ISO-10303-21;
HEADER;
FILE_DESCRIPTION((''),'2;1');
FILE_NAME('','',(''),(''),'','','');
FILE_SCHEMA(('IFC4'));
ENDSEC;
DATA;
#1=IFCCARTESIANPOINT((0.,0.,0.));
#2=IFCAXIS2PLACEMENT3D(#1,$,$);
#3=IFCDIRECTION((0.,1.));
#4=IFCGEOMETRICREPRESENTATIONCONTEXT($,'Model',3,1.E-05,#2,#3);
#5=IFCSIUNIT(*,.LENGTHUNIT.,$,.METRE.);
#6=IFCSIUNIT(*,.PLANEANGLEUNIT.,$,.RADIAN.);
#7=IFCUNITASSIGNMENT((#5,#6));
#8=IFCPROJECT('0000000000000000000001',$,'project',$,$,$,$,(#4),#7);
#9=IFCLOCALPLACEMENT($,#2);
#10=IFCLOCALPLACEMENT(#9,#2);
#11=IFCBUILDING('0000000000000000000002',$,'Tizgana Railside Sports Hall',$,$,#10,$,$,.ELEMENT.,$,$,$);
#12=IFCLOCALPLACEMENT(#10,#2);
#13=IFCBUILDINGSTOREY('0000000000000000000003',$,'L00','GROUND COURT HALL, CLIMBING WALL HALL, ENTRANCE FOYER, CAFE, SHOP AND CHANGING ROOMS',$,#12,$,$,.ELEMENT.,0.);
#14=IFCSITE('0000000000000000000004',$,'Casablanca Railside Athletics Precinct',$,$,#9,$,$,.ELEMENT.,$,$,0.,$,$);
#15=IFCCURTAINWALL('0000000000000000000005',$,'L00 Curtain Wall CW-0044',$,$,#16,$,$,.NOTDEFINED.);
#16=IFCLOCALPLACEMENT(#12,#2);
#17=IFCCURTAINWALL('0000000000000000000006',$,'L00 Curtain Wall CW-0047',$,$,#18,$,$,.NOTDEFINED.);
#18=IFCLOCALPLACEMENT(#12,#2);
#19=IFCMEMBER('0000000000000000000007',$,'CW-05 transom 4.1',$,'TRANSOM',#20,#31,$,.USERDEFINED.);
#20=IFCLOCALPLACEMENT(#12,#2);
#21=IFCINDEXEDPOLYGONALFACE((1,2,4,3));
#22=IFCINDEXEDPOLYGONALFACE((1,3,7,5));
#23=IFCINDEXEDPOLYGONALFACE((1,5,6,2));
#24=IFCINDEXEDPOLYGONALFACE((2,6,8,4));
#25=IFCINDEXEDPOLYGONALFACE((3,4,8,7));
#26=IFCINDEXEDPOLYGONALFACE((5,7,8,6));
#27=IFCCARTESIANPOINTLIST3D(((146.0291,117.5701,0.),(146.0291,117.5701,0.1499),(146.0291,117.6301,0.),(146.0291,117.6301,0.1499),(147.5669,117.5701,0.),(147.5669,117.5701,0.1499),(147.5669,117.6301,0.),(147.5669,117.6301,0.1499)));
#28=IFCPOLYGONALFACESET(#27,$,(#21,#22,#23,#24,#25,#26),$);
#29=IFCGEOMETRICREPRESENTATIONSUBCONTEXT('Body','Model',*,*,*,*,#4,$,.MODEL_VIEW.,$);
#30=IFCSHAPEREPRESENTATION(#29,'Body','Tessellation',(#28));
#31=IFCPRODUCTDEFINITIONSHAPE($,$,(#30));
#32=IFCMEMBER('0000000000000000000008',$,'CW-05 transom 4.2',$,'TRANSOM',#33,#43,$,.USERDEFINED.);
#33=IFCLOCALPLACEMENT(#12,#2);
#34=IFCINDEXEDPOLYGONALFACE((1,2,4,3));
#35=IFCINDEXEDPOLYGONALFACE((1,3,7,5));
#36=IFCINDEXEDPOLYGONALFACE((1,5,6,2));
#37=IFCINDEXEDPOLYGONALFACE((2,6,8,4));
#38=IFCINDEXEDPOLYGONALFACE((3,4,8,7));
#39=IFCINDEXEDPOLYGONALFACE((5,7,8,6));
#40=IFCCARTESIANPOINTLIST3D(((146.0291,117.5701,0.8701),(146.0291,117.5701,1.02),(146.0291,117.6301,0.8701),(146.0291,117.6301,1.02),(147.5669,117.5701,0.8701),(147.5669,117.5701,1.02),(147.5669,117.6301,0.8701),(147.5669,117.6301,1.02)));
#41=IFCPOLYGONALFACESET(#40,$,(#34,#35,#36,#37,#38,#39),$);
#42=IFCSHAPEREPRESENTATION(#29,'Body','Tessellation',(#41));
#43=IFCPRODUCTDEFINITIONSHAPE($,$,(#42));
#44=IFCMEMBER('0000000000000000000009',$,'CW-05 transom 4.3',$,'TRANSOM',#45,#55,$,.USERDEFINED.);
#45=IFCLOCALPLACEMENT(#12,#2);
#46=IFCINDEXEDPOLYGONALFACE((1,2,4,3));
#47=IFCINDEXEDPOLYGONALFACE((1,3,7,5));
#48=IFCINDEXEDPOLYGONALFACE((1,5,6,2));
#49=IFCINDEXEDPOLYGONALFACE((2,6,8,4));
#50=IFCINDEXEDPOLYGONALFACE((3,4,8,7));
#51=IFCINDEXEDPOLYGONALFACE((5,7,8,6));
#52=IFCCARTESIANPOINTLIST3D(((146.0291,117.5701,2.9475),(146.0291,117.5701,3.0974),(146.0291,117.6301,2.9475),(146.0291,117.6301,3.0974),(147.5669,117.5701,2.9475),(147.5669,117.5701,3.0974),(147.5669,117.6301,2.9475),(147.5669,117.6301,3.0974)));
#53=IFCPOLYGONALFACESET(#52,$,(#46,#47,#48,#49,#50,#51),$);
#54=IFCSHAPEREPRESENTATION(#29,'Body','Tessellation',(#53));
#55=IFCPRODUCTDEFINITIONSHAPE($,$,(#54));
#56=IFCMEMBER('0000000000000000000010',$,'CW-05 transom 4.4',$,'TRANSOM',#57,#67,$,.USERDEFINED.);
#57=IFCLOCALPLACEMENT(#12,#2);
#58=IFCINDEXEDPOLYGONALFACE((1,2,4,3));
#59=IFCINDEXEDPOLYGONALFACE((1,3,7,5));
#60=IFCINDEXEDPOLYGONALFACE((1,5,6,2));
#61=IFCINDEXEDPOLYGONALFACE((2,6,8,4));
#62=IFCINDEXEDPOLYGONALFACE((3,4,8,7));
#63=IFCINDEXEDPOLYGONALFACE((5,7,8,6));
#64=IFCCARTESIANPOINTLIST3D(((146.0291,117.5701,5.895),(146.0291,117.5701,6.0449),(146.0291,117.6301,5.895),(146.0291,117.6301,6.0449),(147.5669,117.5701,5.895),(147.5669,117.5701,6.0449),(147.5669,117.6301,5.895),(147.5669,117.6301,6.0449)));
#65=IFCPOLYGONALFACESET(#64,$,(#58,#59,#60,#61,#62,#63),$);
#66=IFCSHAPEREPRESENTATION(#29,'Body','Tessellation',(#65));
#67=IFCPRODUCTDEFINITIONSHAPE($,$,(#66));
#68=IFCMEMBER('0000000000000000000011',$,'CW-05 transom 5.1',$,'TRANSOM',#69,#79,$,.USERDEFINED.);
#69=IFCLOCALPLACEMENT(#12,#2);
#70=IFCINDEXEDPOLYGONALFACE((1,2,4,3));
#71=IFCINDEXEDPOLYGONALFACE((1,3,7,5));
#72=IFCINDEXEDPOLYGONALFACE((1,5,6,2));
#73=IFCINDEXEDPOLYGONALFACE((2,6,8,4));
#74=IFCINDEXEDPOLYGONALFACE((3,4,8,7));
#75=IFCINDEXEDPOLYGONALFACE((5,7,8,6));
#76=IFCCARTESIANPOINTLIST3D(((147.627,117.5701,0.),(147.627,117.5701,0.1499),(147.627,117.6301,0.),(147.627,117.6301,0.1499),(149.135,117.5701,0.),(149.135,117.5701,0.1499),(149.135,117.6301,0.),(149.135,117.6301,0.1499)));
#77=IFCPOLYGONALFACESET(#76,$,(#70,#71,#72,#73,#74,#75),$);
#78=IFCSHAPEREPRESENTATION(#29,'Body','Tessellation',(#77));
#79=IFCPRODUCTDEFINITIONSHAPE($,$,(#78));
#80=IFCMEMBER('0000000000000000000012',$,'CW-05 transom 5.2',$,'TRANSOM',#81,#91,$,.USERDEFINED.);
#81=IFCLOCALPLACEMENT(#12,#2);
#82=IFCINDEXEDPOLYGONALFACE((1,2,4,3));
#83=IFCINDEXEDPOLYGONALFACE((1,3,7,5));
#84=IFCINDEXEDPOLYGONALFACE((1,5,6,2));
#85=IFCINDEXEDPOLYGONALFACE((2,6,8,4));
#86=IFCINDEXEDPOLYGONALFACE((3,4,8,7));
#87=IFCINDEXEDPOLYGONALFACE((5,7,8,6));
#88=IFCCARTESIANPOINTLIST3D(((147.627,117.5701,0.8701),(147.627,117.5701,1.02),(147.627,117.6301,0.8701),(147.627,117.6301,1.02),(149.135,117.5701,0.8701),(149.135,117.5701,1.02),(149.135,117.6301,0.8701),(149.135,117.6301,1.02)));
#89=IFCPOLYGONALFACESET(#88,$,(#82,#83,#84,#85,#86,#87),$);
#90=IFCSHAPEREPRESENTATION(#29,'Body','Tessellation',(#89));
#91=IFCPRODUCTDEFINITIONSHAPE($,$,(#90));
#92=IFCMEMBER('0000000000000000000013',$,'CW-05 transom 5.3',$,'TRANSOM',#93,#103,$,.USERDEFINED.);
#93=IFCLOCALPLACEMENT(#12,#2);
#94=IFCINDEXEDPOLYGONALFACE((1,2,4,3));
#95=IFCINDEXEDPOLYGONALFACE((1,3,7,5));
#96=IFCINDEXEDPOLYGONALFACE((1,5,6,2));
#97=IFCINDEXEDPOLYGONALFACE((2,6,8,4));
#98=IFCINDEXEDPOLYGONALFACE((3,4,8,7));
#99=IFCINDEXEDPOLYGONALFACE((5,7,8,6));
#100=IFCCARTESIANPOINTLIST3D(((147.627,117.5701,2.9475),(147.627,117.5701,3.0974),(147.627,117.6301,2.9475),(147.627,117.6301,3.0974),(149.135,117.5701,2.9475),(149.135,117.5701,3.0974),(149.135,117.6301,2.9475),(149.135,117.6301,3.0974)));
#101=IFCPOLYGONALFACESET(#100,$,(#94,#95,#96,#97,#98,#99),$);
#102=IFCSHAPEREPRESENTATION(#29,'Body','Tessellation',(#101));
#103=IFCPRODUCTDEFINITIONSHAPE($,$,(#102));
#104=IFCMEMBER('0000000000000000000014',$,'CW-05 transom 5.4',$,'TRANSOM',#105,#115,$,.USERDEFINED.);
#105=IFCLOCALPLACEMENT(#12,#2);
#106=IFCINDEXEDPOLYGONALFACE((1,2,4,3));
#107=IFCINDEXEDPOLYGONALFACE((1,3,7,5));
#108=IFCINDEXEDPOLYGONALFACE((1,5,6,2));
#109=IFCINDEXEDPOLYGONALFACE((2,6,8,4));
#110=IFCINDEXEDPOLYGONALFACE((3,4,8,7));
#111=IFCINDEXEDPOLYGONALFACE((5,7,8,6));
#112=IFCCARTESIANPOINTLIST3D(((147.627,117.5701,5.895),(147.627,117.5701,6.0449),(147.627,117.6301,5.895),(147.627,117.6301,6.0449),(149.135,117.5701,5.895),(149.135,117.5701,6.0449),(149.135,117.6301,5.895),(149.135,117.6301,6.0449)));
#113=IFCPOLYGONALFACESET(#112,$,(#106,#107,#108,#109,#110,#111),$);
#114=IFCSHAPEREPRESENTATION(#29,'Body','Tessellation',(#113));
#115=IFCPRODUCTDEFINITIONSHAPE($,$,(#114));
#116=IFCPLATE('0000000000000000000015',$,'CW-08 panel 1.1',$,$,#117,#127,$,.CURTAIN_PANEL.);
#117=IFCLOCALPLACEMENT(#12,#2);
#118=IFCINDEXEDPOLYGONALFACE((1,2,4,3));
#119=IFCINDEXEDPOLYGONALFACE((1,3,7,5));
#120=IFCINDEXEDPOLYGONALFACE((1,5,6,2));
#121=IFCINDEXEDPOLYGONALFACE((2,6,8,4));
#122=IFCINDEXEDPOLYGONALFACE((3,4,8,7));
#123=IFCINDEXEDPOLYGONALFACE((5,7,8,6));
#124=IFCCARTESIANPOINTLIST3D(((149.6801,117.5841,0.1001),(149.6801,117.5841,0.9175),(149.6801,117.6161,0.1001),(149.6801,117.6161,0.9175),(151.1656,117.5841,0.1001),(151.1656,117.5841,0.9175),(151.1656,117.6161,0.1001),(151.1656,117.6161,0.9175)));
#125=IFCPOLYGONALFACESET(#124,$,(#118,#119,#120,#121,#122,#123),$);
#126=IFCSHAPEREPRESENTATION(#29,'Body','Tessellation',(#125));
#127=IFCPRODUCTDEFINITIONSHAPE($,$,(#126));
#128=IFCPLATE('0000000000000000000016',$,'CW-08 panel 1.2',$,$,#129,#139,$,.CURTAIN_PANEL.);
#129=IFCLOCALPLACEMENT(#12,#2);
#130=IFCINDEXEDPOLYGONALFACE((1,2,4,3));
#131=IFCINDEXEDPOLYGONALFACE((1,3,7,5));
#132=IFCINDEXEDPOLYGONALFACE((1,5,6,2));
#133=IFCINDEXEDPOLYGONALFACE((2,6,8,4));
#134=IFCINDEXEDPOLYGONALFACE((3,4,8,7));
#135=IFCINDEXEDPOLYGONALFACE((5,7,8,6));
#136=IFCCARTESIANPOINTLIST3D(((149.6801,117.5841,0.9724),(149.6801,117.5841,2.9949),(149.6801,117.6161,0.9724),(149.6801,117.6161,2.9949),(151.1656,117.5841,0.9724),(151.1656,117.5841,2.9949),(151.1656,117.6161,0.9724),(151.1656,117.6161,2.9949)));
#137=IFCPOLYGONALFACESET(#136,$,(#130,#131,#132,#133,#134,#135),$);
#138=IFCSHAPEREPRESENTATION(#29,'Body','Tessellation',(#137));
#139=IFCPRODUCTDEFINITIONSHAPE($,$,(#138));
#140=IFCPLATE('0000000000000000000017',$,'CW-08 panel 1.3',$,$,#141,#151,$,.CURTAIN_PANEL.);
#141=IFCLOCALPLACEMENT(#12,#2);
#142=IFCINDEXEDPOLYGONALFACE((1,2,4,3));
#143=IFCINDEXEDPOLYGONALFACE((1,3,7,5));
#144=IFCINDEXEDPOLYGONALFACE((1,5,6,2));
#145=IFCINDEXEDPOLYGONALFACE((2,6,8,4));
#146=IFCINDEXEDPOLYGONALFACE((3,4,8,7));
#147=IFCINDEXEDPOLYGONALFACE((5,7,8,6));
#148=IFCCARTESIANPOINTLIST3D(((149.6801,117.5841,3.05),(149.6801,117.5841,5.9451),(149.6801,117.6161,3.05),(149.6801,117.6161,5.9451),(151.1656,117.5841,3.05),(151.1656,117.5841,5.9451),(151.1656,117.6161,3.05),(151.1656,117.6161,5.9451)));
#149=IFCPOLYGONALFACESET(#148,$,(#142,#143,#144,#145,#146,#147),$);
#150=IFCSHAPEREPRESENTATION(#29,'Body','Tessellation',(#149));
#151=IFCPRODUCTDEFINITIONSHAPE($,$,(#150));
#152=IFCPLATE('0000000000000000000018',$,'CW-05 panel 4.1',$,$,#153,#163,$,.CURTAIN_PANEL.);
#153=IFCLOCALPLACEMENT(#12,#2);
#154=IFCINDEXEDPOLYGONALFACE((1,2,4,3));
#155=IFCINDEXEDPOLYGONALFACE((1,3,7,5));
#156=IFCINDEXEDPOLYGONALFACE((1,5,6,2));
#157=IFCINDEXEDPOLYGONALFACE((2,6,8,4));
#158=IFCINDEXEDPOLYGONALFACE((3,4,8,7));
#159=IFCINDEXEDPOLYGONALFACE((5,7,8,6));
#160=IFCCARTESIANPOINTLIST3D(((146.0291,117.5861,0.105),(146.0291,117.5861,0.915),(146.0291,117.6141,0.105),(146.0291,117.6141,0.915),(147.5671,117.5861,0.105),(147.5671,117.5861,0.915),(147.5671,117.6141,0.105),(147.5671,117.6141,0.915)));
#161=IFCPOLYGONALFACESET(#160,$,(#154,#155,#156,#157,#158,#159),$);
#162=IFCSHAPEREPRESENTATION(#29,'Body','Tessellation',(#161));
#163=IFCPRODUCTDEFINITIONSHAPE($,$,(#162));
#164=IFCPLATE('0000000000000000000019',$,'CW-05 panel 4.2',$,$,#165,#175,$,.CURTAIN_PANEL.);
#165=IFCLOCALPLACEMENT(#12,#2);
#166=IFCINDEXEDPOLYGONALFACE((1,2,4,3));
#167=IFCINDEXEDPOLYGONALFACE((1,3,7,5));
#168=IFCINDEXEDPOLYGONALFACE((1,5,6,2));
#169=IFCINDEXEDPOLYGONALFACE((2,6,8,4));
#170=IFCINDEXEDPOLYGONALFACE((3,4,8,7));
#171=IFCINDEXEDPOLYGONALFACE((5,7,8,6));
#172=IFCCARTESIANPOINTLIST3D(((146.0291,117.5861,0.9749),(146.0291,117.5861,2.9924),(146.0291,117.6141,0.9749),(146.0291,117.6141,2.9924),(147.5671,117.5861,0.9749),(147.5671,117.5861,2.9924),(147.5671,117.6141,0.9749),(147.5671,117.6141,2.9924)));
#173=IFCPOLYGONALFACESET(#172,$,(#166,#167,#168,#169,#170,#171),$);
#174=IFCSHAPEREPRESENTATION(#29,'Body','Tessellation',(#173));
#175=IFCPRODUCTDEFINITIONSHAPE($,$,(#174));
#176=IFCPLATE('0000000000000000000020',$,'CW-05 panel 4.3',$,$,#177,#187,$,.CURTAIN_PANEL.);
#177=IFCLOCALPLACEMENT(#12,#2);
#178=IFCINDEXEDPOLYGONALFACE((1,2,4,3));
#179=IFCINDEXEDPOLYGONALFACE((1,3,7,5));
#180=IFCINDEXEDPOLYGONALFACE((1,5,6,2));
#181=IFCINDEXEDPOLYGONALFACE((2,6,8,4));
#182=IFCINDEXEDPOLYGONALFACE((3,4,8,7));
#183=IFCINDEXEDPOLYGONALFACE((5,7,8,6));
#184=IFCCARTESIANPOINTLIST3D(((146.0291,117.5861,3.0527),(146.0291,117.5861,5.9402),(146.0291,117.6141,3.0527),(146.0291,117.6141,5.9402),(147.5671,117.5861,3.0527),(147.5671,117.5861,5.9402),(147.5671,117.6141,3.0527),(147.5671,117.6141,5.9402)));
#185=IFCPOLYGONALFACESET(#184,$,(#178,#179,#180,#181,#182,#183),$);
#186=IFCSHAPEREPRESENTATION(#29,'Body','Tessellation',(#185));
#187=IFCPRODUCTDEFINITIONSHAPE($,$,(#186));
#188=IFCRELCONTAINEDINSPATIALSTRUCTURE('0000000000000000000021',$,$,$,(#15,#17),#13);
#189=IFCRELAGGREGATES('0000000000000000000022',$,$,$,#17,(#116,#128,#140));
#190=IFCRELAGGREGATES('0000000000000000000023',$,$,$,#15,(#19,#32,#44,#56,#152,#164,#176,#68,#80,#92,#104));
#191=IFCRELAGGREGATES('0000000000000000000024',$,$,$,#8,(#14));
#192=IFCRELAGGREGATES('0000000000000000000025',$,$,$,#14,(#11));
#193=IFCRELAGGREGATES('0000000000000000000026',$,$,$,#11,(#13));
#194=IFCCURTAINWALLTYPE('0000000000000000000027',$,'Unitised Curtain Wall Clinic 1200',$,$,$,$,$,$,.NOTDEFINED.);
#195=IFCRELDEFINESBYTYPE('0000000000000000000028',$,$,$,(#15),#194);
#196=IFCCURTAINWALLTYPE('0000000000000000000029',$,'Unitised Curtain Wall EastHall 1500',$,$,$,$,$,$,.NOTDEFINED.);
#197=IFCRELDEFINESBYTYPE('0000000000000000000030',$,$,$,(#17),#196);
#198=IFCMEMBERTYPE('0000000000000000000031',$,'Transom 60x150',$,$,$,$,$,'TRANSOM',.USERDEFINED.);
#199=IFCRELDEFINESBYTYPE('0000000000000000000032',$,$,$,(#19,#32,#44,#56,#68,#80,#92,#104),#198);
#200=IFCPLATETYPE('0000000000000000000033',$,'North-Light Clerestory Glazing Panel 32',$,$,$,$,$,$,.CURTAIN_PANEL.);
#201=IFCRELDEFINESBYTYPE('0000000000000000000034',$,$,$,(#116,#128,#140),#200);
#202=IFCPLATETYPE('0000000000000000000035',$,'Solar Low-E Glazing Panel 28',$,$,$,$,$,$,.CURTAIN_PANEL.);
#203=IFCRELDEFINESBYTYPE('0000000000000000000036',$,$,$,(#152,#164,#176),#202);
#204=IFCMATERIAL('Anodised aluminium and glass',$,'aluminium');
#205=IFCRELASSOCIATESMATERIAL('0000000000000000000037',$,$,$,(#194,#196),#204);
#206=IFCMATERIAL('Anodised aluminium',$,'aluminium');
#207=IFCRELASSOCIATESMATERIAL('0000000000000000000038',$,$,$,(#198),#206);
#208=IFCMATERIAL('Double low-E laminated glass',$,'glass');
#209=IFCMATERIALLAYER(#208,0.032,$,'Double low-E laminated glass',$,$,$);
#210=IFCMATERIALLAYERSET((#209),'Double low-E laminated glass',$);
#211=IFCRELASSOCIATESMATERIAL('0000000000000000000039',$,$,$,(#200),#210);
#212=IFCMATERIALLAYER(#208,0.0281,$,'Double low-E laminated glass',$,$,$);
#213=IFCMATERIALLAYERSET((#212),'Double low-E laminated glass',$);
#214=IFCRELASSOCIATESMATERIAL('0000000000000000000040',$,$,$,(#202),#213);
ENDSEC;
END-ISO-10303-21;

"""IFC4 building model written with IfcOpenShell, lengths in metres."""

from ifc_helpers import new_model, si_unit, direction, frame, origin, origin_2d, place, context, subcontext, project, spatial, rectangle, extrude, material, layer, layer_set, material_profile, profile_set, type_object, element, aggregate, save


model = new_model("IFC4")

# Units and contexts
model_context = context("Model", 3, precision=1e-05, world=origin(), true_north=direction((0.0, 1.0)))
body_context = subcontext(model_context, "Body", "Model", "MODEL_VIEW")
ifc_project = project(units=[si_unit("LENGTHUNIT", "METRE"), si_unit("PLANEANGLEUNIT", "RADIAN")], contexts=[model_context])

# Site, building, storey
site_placement = place(None, origin())
site = spatial("IfcSite", under=ifc_project, at=site_placement, Name="Casablanca Railside Athletics Precinct", CompositionType="ELEMENT", RefElevation=0.0)
building_placement = place(site_placement, origin())
building = spatial("IfcBuilding", under=site, at=building_placement, Name="Tizgana Railside Sports Hall", CompositionType="ELEMENT")
storey_placement = place(building_placement, origin())
storey = spatial("IfcBuildingStorey", under=building, at=storey_placement, Name="L00", Description="GROUND COURT HALL, CLIMBING WALL HALL, ENTRANCE FOYER, CAFE, SHOP AND CHANGING ROOMS", CompositionType="ELEMENT", Elevation=0.0)

# Curtain walls
ifc_material_1 = material(Name="Anodised aluminium and glass", Category="aluminium")
curtain_wall_type_1 = type_object("IfcCurtainWallType", Name="Unitised Curtain Wall Clinic 1200", PredefinedType="NOTDEFINED", material=ifc_material_1)
curtain_wall_1_placement = place(storey_placement, origin())
curtain_wall_1 = element("IfcCurtainWall", 1, at=curtain_wall_1_placement, inside=storey, type_object=curtain_wall_type_1, Name="L00 Curtain Wall CW-0044", PredefinedType="NOTDEFINED")
ifc_material_2 = material(Name="Anodised aluminium", Category="aluminium")
curtain_wall_type_2 = type_object("IfcCurtainWallType", Name="Unitised Curtain Wall EastHall 1500", PredefinedType="NOTDEFINED", material=ifc_material_1)
curtain_wall_2_placement = place(storey_placement, origin())
curtain_wall_2 = element("IfcCurtainWall", 2, at=curtain_wall_2_placement, inside=storey, type_object=curtain_wall_type_2, Name="L00 Curtain Wall CW-0047", PredefinedType="NOTDEFINED")

# Members
ifc_material_profile_1 = material_profile(ifc_material_2, rectangle(XDim=0.0601, YDim=0.1499, at=origin_2d()), Name="Transom 60x150")
ifc_profile_set_1 = profile_set([ifc_material_profile_1], Name="Anodised aluminium")
member_type_1 = type_object("IfcMemberType", Name="Transom 60x150", ElementType="TRANSOM", PredefinedType="USERDEFINED", material=ifc_profile_set_1)
member_1_placement = place(storey_placement, frame((146.0291, 117.6001, 0.075), z_axis=(1.0, 0.0, 0.0), x_axis=(0.0, 1.0, 0.0)))
member_1 = element("IfcMember", 3, at=member_1_placement, type_object=member_type_1, Name="CW-05 transom 4.1", ObjectType="TRANSOM", PredefinedType="USERDEFINED", context=body_context, shape_type="SweptSolid", body=[
    extrude(rectangle(XDim=0.0601, YDim=0.1499, at=origin_2d()), origin(), (0.0, 0.0, 1.0), 1.5378),
])
member_2_placement = place(storey_placement, frame((146.0291, 117.6001, 0.9451), z_axis=(1.0, 0.0, 0.0), x_axis=(0.0, 1.0, 0.0)))
member_2 = element("IfcMember", 4, at=member_2_placement, type_object=member_type_1, Name="CW-05 transom 4.2", ObjectType="TRANSOM", PredefinedType="USERDEFINED", context=body_context, shape_type="SweptSolid", body=[
    extrude(rectangle(XDim=0.0601, YDim=0.1499, at=origin_2d()), origin(), (0.0, 0.0, 1.0), 1.5378),
])
member_3_placement = place(storey_placement, frame((146.0291, 117.6001, 3.0225), z_axis=(1.0, 0.0, 0.0), x_axis=(0.0, 1.0, 0.0)))
member_3 = element("IfcMember", 5, at=member_3_placement, type_object=member_type_1, Name="CW-05 transom 4.3", ObjectType="TRANSOM", PredefinedType="USERDEFINED", context=body_context, shape_type="SweptSolid", body=[
    extrude(rectangle(XDim=0.0601, YDim=0.1499, at=origin_2d()), origin(), (0.0, 0.0, 1.0), 1.5378),
])
member_4_placement = place(storey_placement, frame((146.0291, 117.6001, 5.97), z_axis=(1.0, 0.0, 0.0), x_axis=(0.0, 1.0, 0.0)))
member_4 = element("IfcMember", 6, at=member_4_placement, type_object=member_type_1, Name="CW-05 transom 4.4", ObjectType="TRANSOM", PredefinedType="USERDEFINED", context=body_context, shape_type="SweptSolid", body=[
    extrude(rectangle(XDim=0.0601, YDim=0.1499, at=origin_2d()), origin(), (0.0, 0.0, 1.0), 1.5378),
])
member_5_placement = place(storey_placement, frame((147.627, 117.6001, 0.075), z_axis=(1.0, 0.0, 0.0), x_axis=(0.0, 1.0, 0.0)))
member_5 = element("IfcMember", 7, at=member_5_placement, type_object=member_type_1, Name="CW-05 transom 5.1", ObjectType="TRANSOM", PredefinedType="USERDEFINED", context=body_context, shape_type="SweptSolid", body=[
    extrude(rectangle(XDim=0.0601, YDim=0.1499, at=origin_2d()), origin(), (0.0, 0.0, 1.0), 1.5081),
])
member_6_placement = place(storey_placement, frame((147.627, 117.6001, 0.9451), z_axis=(1.0, 0.0, 0.0), x_axis=(0.0, 1.0, 0.0)))
member_6 = element("IfcMember", 8, at=member_6_placement, type_object=member_type_1, Name="CW-05 transom 5.2", ObjectType="TRANSOM", PredefinedType="USERDEFINED", context=body_context, shape_type="SweptSolid", body=[
    extrude(rectangle(XDim=0.0601, YDim=0.1499, at=origin_2d()), origin(), (0.0, 0.0, 1.0), 1.5081),
])
member_7_placement = place(storey_placement, frame((147.627, 117.6001, 3.0225), z_axis=(1.0, 0.0, 0.0), x_axis=(0.0, 1.0, 0.0)))
member_7 = element("IfcMember", 9, at=member_7_placement, type_object=member_type_1, Name="CW-05 transom 5.3", ObjectType="TRANSOM", PredefinedType="USERDEFINED", context=body_context, shape_type="SweptSolid", body=[
    extrude(rectangle(XDim=0.0601, YDim=0.1499, at=origin_2d()), origin(), (0.0, 0.0, 1.0), 1.5081),
])
member_8_placement = place(storey_placement, frame((147.627, 117.6001, 5.97), z_axis=(1.0, 0.0, 0.0), x_axis=(0.0, 1.0, 0.0)))
member_8 = element("IfcMember", 10, at=member_8_placement, type_object=member_type_1, Name="CW-05 transom 5.4", ObjectType="TRANSOM", PredefinedType="USERDEFINED", context=body_context, shape_type="SweptSolid", body=[
    extrude(rectangle(XDim=0.0601, YDim=0.1499, at=origin_2d()), origin(), (0.0, 0.0, 1.0), 1.5081),
])

# Plates
ifc_material_3 = material(Name="Double low-E laminated glass", Category="glass")
ifc_layer_1 = layer(ifc_material_3, 0.032, Name="Double low-E laminated glass")
ifc_layer_set_1 = layer_set([ifc_layer_1], Name="Double low-E laminated glass")
plate_type_1 = type_object("IfcPlateType", Name="North-Light Clerestory Glazing Panel 32", PredefinedType="CURTAIN_PANEL", material=ifc_layer_set_1)
plate_1_placement = place(storey_placement, frame((150.4229, 117.6001, 0.1001), z_axis=(0.0, 0.0, 1.0), x_axis=(1.0, 0.0, 0.0)))
plate_1 = element("IfcPlate", 11, at=plate_1_placement, type_object=plate_type_1, Name="CW-08 panel 1.1", PredefinedType="CURTAIN_PANEL", context=body_context, shape_type="SweptSolid", body=[
    extrude(rectangle(XDim=1.4856, YDim=0.032, at=origin_2d()), origin(), (0.0, 0.0, 1.0), 0.8174),
])
plate_2_placement = place(storey_placement, frame((150.4229, 117.6001, 0.9724), z_axis=(0.0, 0.0, 1.0), x_axis=(1.0, 0.0, 0.0)))
plate_2 = element("IfcPlate", 12, at=plate_2_placement, type_object=plate_type_1, Name="CW-08 panel 1.2", PredefinedType="CURTAIN_PANEL", context=body_context, shape_type="SweptSolid", body=[
    extrude(rectangle(XDim=1.4856, YDim=0.032, at=origin_2d()), origin(), (0.0, 0.0, 1.0), 2.0225),
])
plate_3_placement = place(storey_placement, frame((150.4229, 117.6001, 3.05), z_axis=(0.0, 0.0, 1.0), x_axis=(1.0, 0.0, 0.0)))
plate_3 = element("IfcPlate", 13, at=plate_3_placement, type_object=plate_type_1, Name="CW-08 panel 1.3", PredefinedType="CURTAIN_PANEL", context=body_context, shape_type="SweptSolid", body=[
    extrude(rectangle(XDim=1.4856, YDim=0.032, at=origin_2d()), origin(), (0.0, 0.0, 1.0), 2.895),
])
aggregate(curtain_wall_2, [plate_1, plate_2, plate_3])
ifc_layer_2 = layer(ifc_material_3, 0.0281, Name="Double low-E laminated glass")
ifc_layer_set_2 = layer_set([ifc_layer_2], Name="Double low-E laminated glass")
plate_type_2 = type_object("IfcPlateType", Name="Solar Low-E Glazing Panel 28", PredefinedType="CURTAIN_PANEL", material=ifc_layer_set_2)
plate_4_placement = place(storey_placement, frame((146.7981, 117.6001, 0.105), z_axis=(0.0, 0.0, 1.0), x_axis=(1.0, 0.0, 0.0)))
plate_4 = element("IfcPlate", 14, at=plate_4_placement, type_object=plate_type_2, Name="CW-05 panel 4.1", PredefinedType="CURTAIN_PANEL", context=body_context, shape_type="SweptSolid", body=[
    extrude(rectangle(XDim=1.5381, YDim=0.0281, at=origin_2d()), origin(), (0.0, 0.0, 1.0), 0.8101),
])
plate_5_placement = place(storey_placement, frame((146.7981, 117.6001, 0.9749), z_axis=(0.0, 0.0, 1.0), x_axis=(1.0, 0.0, 0.0)))
plate_5 = element("IfcPlate", 15, at=plate_5_placement, type_object=plate_type_2, Name="CW-05 panel 4.2", PredefinedType="CURTAIN_PANEL", context=body_context, shape_type="SweptSolid", body=[
    extrude(rectangle(XDim=1.5381, YDim=0.0281, at=origin_2d()), origin(), (0.0, 0.0, 1.0), 2.0176),
])
plate_6_placement = place(storey_placement, frame((146.7981, 117.6001, 3.0527), z_axis=(0.0, 0.0, 1.0), x_axis=(1.0, 0.0, 0.0)))
plate_6 = element("IfcPlate", 16, at=plate_6_placement, type_object=plate_type_2, Name="CW-05 panel 4.3", PredefinedType="CURTAIN_PANEL", context=body_context, shape_type="SweptSolid", body=[
    extrude(rectangle(XDim=1.5381, YDim=0.0281, at=origin_2d()), origin(), (0.0, 0.0, 1.0), 2.8875),
])
aggregate(curtain_wall_1, [member_1, member_2, member_3, member_4, plate_4, plate_5, plate_6, member_5, member_6, member_7, member_8])

save(model, "model.ifc")
